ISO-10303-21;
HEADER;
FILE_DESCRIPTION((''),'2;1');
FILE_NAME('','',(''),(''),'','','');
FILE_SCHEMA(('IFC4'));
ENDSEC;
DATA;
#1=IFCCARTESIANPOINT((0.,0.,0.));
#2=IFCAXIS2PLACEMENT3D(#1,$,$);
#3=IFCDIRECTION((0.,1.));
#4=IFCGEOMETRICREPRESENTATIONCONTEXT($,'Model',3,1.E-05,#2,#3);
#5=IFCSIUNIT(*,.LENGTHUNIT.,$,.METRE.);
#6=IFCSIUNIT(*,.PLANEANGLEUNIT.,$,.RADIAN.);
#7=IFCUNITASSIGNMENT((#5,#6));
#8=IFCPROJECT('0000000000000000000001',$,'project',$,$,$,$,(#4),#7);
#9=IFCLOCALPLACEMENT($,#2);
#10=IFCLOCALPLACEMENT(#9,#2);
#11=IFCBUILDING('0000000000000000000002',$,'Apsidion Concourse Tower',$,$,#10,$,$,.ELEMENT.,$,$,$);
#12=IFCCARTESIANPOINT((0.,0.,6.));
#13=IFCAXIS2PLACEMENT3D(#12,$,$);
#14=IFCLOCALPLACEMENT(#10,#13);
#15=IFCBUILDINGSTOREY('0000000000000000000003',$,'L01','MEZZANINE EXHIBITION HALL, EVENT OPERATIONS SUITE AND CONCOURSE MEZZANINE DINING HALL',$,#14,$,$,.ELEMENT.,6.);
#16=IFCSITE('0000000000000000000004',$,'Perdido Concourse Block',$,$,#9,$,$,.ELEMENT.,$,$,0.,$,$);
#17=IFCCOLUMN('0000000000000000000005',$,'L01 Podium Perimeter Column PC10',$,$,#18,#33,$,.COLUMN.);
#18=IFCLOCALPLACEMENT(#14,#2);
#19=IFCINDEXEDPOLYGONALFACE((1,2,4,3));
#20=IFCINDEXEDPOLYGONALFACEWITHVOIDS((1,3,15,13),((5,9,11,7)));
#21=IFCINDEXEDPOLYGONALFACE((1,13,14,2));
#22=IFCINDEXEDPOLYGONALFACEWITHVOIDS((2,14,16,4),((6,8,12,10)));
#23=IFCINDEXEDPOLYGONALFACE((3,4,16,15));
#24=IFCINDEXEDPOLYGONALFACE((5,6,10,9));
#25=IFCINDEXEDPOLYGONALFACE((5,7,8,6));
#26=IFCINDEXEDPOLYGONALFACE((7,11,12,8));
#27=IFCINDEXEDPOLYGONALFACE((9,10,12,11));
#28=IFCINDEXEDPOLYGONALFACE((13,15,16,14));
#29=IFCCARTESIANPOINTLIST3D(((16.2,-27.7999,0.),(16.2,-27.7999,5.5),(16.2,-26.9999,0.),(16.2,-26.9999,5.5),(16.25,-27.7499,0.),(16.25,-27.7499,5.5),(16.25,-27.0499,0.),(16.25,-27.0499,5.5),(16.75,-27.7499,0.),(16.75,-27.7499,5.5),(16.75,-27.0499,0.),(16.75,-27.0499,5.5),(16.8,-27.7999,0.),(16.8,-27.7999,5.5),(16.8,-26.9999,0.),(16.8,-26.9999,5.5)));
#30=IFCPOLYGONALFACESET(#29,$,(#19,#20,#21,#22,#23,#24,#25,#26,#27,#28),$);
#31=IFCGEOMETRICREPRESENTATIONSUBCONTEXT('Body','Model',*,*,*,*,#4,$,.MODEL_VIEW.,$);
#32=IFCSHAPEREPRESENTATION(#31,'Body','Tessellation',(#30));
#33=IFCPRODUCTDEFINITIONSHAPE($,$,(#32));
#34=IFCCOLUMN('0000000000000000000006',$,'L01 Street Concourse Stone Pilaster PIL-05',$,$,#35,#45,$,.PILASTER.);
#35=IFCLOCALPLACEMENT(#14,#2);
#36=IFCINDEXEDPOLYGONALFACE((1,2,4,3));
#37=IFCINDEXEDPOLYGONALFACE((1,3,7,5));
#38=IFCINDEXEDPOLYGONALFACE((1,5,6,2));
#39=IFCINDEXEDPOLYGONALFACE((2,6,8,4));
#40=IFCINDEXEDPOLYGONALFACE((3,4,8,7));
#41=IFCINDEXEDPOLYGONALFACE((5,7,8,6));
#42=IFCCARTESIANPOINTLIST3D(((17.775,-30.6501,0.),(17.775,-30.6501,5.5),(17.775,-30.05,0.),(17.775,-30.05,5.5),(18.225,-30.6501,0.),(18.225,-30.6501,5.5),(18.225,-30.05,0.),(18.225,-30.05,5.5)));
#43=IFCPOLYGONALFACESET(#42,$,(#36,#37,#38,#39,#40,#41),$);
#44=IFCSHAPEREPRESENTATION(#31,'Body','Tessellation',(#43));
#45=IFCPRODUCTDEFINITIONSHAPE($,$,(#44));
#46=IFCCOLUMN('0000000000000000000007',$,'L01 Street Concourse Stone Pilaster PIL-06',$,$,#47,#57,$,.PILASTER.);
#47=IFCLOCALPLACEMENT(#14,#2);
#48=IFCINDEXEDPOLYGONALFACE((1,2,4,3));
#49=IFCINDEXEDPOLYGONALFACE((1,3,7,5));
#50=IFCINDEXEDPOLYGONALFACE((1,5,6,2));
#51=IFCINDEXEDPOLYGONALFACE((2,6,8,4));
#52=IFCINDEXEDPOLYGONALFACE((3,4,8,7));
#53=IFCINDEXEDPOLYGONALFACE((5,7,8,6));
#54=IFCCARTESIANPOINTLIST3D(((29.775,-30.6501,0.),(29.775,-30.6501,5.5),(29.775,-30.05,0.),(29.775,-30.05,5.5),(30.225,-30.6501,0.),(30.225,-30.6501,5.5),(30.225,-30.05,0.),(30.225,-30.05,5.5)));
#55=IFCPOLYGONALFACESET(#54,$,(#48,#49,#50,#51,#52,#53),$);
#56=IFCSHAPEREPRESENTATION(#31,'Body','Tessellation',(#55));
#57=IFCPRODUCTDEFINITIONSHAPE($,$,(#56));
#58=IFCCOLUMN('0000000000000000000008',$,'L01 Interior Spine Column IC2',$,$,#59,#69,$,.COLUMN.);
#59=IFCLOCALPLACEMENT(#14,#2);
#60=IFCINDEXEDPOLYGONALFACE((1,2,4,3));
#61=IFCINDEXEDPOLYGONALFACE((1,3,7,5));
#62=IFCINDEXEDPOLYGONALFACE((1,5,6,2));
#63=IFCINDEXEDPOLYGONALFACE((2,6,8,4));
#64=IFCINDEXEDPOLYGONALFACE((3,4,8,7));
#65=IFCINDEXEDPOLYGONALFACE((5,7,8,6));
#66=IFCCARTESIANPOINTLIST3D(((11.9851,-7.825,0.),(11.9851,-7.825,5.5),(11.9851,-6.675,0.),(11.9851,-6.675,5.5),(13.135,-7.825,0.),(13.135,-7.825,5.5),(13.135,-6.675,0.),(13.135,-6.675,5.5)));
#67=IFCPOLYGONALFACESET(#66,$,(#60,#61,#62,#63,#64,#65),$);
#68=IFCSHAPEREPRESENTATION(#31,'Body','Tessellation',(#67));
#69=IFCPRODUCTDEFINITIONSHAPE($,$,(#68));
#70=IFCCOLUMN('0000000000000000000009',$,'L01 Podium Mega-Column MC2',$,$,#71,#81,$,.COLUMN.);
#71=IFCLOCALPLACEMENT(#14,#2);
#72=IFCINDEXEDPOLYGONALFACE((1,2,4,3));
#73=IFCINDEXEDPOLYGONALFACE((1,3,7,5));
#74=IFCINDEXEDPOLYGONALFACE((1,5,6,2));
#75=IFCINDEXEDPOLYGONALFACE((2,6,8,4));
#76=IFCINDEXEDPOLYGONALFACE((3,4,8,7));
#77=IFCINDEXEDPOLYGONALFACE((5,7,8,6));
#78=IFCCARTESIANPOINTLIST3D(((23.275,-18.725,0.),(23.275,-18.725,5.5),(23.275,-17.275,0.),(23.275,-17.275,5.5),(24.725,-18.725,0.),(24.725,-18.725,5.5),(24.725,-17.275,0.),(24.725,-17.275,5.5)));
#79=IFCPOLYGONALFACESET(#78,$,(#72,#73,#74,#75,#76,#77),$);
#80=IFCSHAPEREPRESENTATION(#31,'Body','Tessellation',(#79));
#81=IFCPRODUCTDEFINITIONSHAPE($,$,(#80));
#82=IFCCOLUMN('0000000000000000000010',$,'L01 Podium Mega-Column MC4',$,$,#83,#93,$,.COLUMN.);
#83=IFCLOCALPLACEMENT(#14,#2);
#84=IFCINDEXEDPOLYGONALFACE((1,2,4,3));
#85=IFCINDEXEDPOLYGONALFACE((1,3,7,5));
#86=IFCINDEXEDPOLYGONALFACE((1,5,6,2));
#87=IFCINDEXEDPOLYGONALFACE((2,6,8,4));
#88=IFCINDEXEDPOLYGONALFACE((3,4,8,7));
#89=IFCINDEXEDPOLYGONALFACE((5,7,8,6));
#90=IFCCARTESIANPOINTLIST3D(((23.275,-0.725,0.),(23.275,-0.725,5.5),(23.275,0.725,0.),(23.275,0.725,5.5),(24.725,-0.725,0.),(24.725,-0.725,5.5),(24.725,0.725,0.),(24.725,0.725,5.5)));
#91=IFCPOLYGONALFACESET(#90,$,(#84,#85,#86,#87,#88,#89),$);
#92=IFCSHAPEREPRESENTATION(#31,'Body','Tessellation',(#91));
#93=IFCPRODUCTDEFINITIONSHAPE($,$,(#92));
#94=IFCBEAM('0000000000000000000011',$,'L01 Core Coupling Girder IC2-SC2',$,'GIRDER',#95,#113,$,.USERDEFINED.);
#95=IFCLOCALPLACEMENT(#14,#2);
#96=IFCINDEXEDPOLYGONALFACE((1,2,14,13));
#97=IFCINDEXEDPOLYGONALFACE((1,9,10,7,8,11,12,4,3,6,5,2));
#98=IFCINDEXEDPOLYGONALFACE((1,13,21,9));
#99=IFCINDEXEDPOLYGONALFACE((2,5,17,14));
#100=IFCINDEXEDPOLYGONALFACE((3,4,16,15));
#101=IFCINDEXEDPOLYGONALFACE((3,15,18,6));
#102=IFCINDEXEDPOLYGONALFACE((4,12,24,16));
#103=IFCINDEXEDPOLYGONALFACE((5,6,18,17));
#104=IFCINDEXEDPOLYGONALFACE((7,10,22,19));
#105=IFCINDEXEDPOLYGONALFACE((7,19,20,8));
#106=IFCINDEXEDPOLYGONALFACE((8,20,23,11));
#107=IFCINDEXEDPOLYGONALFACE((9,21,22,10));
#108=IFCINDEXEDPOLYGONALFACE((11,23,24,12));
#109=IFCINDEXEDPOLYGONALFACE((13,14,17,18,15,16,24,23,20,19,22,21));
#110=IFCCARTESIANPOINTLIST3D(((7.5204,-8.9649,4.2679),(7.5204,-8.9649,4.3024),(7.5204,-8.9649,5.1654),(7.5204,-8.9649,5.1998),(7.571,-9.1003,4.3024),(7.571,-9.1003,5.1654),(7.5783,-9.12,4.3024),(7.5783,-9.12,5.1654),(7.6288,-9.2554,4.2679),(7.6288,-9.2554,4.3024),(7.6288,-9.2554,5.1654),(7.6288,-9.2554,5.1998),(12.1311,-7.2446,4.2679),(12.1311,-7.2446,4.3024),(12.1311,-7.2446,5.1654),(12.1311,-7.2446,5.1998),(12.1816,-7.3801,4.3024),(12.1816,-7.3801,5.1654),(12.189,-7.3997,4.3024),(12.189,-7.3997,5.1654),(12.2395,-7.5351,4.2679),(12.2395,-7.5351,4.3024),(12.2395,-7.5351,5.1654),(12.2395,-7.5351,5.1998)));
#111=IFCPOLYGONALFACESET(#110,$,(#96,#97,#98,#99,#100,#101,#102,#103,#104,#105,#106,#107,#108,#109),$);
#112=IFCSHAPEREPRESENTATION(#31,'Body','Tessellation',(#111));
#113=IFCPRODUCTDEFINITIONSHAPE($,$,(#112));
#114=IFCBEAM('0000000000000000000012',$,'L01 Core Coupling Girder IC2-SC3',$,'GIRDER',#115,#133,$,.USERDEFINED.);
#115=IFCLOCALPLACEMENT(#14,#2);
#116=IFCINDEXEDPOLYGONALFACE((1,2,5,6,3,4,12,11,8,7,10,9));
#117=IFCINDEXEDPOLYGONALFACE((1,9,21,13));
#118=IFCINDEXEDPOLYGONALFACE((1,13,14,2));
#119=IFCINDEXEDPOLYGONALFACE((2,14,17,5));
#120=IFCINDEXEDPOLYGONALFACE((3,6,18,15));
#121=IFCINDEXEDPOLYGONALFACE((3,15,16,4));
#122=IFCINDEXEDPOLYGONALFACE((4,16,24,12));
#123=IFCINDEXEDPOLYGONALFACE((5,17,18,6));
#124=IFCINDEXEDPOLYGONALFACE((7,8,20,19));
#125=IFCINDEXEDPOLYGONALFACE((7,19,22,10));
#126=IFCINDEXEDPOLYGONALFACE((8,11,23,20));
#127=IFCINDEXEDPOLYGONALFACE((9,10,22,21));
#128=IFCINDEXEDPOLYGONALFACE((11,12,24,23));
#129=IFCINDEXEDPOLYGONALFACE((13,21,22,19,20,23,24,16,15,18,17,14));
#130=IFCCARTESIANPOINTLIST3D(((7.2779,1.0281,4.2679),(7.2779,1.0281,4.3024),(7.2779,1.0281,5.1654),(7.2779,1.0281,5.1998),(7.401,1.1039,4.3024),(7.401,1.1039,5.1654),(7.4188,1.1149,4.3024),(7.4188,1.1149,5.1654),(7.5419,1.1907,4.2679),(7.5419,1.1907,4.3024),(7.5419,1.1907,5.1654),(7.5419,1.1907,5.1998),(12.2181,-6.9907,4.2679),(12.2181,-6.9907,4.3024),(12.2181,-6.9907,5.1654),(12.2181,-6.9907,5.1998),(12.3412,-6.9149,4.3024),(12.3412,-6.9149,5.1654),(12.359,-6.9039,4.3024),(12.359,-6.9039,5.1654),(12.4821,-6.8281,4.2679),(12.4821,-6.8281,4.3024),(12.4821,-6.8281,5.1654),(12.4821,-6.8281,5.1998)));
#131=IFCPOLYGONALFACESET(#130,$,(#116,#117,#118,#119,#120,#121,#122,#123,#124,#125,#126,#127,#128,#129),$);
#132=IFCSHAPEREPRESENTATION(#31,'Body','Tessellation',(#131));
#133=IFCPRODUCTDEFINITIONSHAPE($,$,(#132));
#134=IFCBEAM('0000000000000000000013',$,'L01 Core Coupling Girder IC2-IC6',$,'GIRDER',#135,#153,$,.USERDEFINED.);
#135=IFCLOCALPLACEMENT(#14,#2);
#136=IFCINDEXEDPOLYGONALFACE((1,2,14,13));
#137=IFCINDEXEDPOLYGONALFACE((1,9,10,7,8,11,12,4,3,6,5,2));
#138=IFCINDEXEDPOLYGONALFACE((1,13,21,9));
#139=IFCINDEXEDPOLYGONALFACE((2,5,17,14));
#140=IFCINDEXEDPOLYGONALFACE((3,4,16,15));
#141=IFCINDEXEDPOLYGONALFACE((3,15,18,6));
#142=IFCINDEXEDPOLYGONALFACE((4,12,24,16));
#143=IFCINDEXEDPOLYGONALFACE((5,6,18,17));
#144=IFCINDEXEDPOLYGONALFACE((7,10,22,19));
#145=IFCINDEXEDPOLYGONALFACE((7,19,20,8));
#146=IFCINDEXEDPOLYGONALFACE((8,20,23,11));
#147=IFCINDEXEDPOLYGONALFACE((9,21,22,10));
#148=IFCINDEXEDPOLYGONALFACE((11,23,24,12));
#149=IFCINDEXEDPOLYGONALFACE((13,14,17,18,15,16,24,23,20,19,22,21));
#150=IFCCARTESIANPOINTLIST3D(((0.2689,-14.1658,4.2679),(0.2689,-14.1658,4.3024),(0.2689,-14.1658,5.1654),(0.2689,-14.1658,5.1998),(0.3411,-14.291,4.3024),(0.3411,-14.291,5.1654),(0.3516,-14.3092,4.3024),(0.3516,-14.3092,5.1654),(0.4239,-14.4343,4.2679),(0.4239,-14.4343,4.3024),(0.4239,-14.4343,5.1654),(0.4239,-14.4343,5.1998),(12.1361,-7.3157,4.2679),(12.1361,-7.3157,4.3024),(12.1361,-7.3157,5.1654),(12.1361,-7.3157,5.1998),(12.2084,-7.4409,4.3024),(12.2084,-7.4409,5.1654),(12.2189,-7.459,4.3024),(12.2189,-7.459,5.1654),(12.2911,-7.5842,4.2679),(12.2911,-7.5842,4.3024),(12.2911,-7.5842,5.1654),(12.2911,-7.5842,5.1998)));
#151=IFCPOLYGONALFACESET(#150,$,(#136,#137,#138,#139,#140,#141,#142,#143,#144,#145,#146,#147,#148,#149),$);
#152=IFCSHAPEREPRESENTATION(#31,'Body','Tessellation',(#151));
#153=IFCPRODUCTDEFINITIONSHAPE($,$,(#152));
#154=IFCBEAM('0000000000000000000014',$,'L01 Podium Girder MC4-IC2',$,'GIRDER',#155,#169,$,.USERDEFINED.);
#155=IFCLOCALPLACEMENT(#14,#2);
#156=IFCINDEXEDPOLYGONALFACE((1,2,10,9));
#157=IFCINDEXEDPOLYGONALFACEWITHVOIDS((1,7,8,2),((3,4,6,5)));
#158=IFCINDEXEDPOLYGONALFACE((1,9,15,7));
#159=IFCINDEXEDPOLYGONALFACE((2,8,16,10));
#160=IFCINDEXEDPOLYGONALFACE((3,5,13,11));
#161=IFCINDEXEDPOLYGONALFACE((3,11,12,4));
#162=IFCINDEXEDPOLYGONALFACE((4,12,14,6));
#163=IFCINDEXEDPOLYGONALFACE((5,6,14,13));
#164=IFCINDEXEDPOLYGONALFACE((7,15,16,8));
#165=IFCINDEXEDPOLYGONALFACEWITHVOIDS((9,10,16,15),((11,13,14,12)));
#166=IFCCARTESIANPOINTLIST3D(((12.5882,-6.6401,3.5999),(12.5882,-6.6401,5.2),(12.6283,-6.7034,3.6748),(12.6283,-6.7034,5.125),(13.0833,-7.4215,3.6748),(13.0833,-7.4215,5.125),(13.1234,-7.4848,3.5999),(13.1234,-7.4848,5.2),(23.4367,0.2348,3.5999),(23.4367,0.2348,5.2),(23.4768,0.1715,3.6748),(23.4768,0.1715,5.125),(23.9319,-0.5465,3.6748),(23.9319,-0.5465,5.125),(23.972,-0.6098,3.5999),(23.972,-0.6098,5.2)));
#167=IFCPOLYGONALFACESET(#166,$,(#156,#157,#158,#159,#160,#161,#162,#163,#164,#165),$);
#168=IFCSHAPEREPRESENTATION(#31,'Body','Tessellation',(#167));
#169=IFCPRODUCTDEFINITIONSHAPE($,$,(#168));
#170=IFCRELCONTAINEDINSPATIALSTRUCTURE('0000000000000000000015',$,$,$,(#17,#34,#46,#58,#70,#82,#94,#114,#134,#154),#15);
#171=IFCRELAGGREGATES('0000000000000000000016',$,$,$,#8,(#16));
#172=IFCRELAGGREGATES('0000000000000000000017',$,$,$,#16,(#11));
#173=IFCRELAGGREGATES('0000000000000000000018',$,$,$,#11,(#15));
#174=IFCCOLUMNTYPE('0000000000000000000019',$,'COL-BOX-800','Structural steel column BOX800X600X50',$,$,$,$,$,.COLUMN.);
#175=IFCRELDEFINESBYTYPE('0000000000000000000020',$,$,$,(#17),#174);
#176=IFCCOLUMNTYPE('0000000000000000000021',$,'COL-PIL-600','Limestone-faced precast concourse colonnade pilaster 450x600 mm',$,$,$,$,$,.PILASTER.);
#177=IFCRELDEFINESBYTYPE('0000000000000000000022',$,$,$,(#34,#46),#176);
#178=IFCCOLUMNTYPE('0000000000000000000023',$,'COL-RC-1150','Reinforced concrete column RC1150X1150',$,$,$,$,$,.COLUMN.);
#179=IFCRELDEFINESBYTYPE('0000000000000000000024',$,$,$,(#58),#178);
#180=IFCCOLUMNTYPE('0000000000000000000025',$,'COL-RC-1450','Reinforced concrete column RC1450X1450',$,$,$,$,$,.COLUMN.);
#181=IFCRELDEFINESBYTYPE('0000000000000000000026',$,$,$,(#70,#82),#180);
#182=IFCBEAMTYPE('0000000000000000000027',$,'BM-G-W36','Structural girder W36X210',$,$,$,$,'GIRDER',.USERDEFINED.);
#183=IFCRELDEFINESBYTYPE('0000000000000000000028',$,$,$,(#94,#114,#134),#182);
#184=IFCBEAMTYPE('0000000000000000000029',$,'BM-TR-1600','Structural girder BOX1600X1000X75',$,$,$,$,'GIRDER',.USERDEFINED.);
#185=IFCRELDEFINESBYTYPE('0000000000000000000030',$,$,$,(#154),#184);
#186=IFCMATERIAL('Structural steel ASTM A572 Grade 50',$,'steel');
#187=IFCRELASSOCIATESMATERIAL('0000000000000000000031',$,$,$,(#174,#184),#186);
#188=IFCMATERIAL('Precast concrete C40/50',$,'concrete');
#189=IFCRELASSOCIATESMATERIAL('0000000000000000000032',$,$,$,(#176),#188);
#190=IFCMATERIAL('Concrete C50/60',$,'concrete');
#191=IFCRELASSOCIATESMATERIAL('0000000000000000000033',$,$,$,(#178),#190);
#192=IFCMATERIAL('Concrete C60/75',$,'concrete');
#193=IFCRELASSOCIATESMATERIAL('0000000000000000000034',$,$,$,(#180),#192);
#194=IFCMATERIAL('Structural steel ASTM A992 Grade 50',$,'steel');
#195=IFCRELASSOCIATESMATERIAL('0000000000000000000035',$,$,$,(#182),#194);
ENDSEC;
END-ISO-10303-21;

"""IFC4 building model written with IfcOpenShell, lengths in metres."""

from ifc_helpers import new_model, si_unit, direction, frame, origin, origin_2d, place, context, subcontext, project, spatial, rectangle, hollow_rectangle, i_section, extrude, material, material_profile, profile_set, type_object, element, save


model = new_model("IFC4")

# Units and contexts
model_context = context("Model", 3, precision=1e-05, world=origin(), true_north=direction((0.0, 1.0)))
body_context = subcontext(model_context, "Body", "Model", "MODEL_VIEW")
ifc_project = project(units=[si_unit("LENGTHUNIT", "METRE"), si_unit("PLANEANGLEUNIT", "RADIAN")], contexts=[model_context])

# Site, building, storey
site_placement = place(None, origin())
site = spatial("IfcSite", under=ifc_project, at=site_placement, Name="Perdido Concourse Block", CompositionType="ELEMENT", RefElevation=0.0)
building_placement = place(site_placement, origin())
building = spatial("IfcBuilding", under=site, at=building_placement, Name="Apsidion Concourse Tower", CompositionType="ELEMENT")
storey_placement = place(building_placement, frame((0.0, 0.0, 6.0)))
storey = spatial("IfcBuildingStorey", under=building, at=storey_placement, Name="L01", Description="MEZZANINE EXHIBITION HALL, EVENT OPERATIONS SUITE AND CONCOURSE MEZZANINE DINING HALL", CompositionType="ELEMENT", Elevation=6.0)

# Columns
ifc_material_1 = material(Name="Structural steel ASTM A572 Grade 50", Category="steel")
ifc_material_profile_1 = material_profile(ifc_material_1, hollow_rectangle(XDim=0.6001, YDim=0.8, WallThickness=0.05, at=origin_2d()), Name="BOX800X600X50")
ifc_profile_set_1 = profile_set([ifc_material_profile_1], Name="Structural steel ASTM A572 Grade 50")
column_type_1 = type_object("IfcColumnType", Name="COL-BOX-800", Description="Structural steel column BOX800X600X50", PredefinedType="COLUMN", material=ifc_profile_set_1)
column_1_placement = place(storey_placement, frame((16.5, -27.3999, 0.0), z_axis=(0.0, 0.0, 1.0), x_axis=(1.0, 0.0, 0.0)))
element("IfcColumn", 1, at=column_1_placement, inside=storey, type_object=column_type_1, Name="L01 Podium Perimeter Column PC10", PredefinedType="COLUMN", context=body_context, shape_type="SweptSolid", body=[
    extrude(hollow_rectangle(XDim=0.6001, YDim=0.8, WallThickness=0.05, at=origin_2d()), origin(), (0.0, 0.0, 1.0), 5.5),
])
ifc_material_2 = material(Name="Precast concrete C40/50", Category="concrete")
ifc_material_profile_2 = material_profile(ifc_material_2, rectangle(XDim=0.45, YDim=0.6001, at=origin_2d()), Name="RC 600x450")
ifc_profile_set_2 = profile_set([ifc_material_profile_2], Name="Precast concrete C40/50")
column_type_2 = type_object("IfcColumnType", Name="COL-PIL-600", Description="Limestone-faced precast concourse colonnade pilaster 450x600 mm", PredefinedType="PILASTER", material=ifc_profile_set_2)
for number, where, z_axis, x_axis, name in (
    (2, (18.0, -30.3501, 0.0), (0.0, 0.0, 1.0), (1.0, 0.0, 0.0), "L01 Street Concourse Stone Pilaster PIL-05"),
    (3, (30.0, -30.3501, 0.0), (0.0, 0.0, 1.0), (1.0, 0.0, 0.0), "L01 Street Concourse Stone Pilaster PIL-06"),
):
    element("IfcColumn", number, at=place(storey_placement, frame(where, z_axis=z_axis, x_axis=x_axis)), inside=storey, type_object=column_type_2, Name=name, PredefinedType="PILASTER", context=body_context, shape_type="SweptSolid", body=[
        extrude(rectangle(XDim=0.45, YDim=0.6001, at=origin_2d()), origin(), (0.0, 0.0, 1.0), 5.5),
    ])
ifc_material_3 = material(Name="Concrete C50/60", Category="concrete")
ifc_material_profile_3 = material_profile(ifc_material_3, rectangle(XDim=1.1499, YDim=1.1499, at=origin_2d()), Name="RC 1150x1150")
ifc_profile_set_3 = profile_set([ifc_material_profile_3], Name="Concrete C50/60")
column_type_3 = type_object("IfcColumnType", Name="COL-RC-1150", Description="Reinforced concrete column RC1150X1150", PredefinedType="COLUMN", material=ifc_profile_set_3)
column_2_placement = place(storey_placement, frame((12.5601, -7.25, 0.0), z_axis=(0.0, 0.0, 1.0), x_axis=(1.0, 0.0, 0.0)))
element("IfcColumn", 4, at=column_2_placement, inside=storey, type_object=column_type_3, Name="L01 Interior Spine Column IC2", PredefinedType="COLUMN", context=body_context, shape_type="SweptSolid", body=[
    extrude(rectangle(XDim=1.1499, YDim=1.1499, at=origin_2d()), origin(), (0.0, 0.0, 1.0), 5.5),
])
ifc_material_4 = material(Name="Concrete C60/75", Category="concrete")
ifc_material_profile_4 = material_profile(ifc_material_4, rectangle(XDim=1.45, YDim=1.45, at=origin_2d()), Name="RC 1450x1450")
ifc_profile_set_4 = profile_set([ifc_material_profile_4], Name="Concrete C60/75")
column_type_4 = type_object("IfcColumnType", Name="COL-RC-1450", Description="Reinforced concrete column RC1450X1450", PredefinedType="COLUMN", material=ifc_profile_set_4)
for number, where, z_axis, x_axis, name in (
    (5, (24.0, -18.0, 0.0), (0.0, 0.0, 1.0), (1.0, 0.0, 0.0), "L01 Podium Mega-Column MC2"),
    (6, (24.0, 0.0, 0.0), (0.0, 0.0, 1.0), (1.0, 0.0, 0.0), "L01 Podium Mega-Column MC4"),
):
    element("IfcColumn", number, at=place(storey_placement, frame(where, z_axis=z_axis, x_axis=x_axis)), inside=storey, type_object=column_type_4, Name=name, PredefinedType="COLUMN", context=body_context, shape_type="SweptSolid", body=[
        extrude(rectangle(XDim=1.45, YDim=1.45, at=origin_2d()), origin(), (0.0, 0.0, 1.0), 5.5),
    ])

# Beams
ifc_material_5 = material(Name="Structural steel ASTM A992 Grade 50", Category="steel")
ifc_material_profile_5 = material_profile(ifc_material_5, i_section(OverallWidth=0.3101, OverallDepth=0.9319, WebThickness=0.021, FlangeThickness=0.0344, at=origin_2d()), Name="W36X210")
ifc_profile_set_5 = profile_set([ifc_material_profile_5], Name="Structural steel ASTM A992 Grade 50")
beam_type_1 = type_object("IfcBeamType", Name="BM-G-W36", Description="Structural girder W36X210", ElementType="GIRDER", PredefinedType="USERDEFINED", material=ifc_profile_set_5)
beam_1_placement = place(storey_placement, frame((12.1853, -7.3899, 4.7339), z_axis=(-0.936913, -0.349563, 0.0), x_axis=(0.349563, -0.936913, 0.0)))
element("IfcBeam", 7, at=beam_1_placement, inside=storey, type_object=beam_type_1, Name="L01 Core Coupling Girder IC2-SC2", ObjectType="GIRDER", PredefinedType="USERDEFINED", context=body_context, shape_type="SweptSolid", body=[
    extrude(i_section(OverallWidth=0.3101, OverallDepth=0.9319, WebThickness=0.021, FlangeThickness=0.0344, at=origin_2d()), origin(), (0.0, 0.0, 1.0), 4.9211),
])
beam_2_placement = place(storey_placement, frame((12.3501, -6.9094, 4.7339), z_axis=(-0.524524, 0.851396, 0.0), x_axis=(-0.851396, -0.524524, 0.0)))
element("IfcBeam", 8, at=beam_2_placement, inside=storey, type_object=beam_type_1, Name="L01 Core Coupling Girder IC2-SC3", ObjectType="GIRDER", PredefinedType="USERDEFINED", context=body_context, shape_type="SweptSolid", body=[
    extrude(i_section(OverallWidth=0.3101, OverallDepth=0.9319, WebThickness=0.021, FlangeThickness=0.0344, at=origin_2d()), origin(), (0.0, 0.0, 1.0), 9.4185),
])
beam_3_placement = place(storey_placement, frame((12.2136, -7.45, 4.7339), z_axis=(-0.86607, -0.499922, 0.0), x_axis=(0.499922, -0.86607, 0.0)))
element("IfcBeam", 9, at=beam_3_placement, inside=storey, type_object=beam_type_1, Name="L01 Core Coupling Girder IC2-IC6", ObjectType="GIRDER", PredefinedType="USERDEFINED", context=body_context, shape_type="SweptSolid", body=[
    extrude(i_section(OverallWidth=0.3101, OverallDepth=0.9319, WebThickness=0.021, FlangeThickness=0.0344, at=origin_2d()), origin(), (0.0, 0.0, 1.0), 13.7024),
])
ifc_material_profile_6 = material_profile(ifc_material_1, hollow_rectangle(XDim=1.0, YDim=1.6001, WallThickness=0.075, at=origin_2d()), Name="BOX1600X1000X75")
ifc_profile_set_6 = profile_set([ifc_material_profile_6], Name="Structural steel ASTM A572 Grade 50")
beam_type_2 = type_object("IfcBeamType", Name="BM-TR-1600", Description="Structural girder BOX1600X1000X75", ElementType="GIRDER", PredefinedType="USERDEFINED", material=ifc_profile_set_6)
beam_4_placement = place(storey_placement, frame((23.7043, -0.1875, 4.3999), z_axis=(-0.844671, -0.535285, 0.0), x_axis=(0.535285, -0.844671, 0.0)))
element("IfcBeam", 10, at=beam_4_placement, inside=storey, type_object=beam_type_2, Name="L01 Podium Girder MC4-IC2", ObjectType="GIRDER", PredefinedType="USERDEFINED", context=body_context, shape_type="SweptSolid", body=[
    extrude(hollow_rectangle(XDim=1.0, YDim=1.6001, WallThickness=0.075, at=origin_2d()), origin(), (0.0, 0.0, 1.0), 12.8435),
])

save(model, "model.ifc")
